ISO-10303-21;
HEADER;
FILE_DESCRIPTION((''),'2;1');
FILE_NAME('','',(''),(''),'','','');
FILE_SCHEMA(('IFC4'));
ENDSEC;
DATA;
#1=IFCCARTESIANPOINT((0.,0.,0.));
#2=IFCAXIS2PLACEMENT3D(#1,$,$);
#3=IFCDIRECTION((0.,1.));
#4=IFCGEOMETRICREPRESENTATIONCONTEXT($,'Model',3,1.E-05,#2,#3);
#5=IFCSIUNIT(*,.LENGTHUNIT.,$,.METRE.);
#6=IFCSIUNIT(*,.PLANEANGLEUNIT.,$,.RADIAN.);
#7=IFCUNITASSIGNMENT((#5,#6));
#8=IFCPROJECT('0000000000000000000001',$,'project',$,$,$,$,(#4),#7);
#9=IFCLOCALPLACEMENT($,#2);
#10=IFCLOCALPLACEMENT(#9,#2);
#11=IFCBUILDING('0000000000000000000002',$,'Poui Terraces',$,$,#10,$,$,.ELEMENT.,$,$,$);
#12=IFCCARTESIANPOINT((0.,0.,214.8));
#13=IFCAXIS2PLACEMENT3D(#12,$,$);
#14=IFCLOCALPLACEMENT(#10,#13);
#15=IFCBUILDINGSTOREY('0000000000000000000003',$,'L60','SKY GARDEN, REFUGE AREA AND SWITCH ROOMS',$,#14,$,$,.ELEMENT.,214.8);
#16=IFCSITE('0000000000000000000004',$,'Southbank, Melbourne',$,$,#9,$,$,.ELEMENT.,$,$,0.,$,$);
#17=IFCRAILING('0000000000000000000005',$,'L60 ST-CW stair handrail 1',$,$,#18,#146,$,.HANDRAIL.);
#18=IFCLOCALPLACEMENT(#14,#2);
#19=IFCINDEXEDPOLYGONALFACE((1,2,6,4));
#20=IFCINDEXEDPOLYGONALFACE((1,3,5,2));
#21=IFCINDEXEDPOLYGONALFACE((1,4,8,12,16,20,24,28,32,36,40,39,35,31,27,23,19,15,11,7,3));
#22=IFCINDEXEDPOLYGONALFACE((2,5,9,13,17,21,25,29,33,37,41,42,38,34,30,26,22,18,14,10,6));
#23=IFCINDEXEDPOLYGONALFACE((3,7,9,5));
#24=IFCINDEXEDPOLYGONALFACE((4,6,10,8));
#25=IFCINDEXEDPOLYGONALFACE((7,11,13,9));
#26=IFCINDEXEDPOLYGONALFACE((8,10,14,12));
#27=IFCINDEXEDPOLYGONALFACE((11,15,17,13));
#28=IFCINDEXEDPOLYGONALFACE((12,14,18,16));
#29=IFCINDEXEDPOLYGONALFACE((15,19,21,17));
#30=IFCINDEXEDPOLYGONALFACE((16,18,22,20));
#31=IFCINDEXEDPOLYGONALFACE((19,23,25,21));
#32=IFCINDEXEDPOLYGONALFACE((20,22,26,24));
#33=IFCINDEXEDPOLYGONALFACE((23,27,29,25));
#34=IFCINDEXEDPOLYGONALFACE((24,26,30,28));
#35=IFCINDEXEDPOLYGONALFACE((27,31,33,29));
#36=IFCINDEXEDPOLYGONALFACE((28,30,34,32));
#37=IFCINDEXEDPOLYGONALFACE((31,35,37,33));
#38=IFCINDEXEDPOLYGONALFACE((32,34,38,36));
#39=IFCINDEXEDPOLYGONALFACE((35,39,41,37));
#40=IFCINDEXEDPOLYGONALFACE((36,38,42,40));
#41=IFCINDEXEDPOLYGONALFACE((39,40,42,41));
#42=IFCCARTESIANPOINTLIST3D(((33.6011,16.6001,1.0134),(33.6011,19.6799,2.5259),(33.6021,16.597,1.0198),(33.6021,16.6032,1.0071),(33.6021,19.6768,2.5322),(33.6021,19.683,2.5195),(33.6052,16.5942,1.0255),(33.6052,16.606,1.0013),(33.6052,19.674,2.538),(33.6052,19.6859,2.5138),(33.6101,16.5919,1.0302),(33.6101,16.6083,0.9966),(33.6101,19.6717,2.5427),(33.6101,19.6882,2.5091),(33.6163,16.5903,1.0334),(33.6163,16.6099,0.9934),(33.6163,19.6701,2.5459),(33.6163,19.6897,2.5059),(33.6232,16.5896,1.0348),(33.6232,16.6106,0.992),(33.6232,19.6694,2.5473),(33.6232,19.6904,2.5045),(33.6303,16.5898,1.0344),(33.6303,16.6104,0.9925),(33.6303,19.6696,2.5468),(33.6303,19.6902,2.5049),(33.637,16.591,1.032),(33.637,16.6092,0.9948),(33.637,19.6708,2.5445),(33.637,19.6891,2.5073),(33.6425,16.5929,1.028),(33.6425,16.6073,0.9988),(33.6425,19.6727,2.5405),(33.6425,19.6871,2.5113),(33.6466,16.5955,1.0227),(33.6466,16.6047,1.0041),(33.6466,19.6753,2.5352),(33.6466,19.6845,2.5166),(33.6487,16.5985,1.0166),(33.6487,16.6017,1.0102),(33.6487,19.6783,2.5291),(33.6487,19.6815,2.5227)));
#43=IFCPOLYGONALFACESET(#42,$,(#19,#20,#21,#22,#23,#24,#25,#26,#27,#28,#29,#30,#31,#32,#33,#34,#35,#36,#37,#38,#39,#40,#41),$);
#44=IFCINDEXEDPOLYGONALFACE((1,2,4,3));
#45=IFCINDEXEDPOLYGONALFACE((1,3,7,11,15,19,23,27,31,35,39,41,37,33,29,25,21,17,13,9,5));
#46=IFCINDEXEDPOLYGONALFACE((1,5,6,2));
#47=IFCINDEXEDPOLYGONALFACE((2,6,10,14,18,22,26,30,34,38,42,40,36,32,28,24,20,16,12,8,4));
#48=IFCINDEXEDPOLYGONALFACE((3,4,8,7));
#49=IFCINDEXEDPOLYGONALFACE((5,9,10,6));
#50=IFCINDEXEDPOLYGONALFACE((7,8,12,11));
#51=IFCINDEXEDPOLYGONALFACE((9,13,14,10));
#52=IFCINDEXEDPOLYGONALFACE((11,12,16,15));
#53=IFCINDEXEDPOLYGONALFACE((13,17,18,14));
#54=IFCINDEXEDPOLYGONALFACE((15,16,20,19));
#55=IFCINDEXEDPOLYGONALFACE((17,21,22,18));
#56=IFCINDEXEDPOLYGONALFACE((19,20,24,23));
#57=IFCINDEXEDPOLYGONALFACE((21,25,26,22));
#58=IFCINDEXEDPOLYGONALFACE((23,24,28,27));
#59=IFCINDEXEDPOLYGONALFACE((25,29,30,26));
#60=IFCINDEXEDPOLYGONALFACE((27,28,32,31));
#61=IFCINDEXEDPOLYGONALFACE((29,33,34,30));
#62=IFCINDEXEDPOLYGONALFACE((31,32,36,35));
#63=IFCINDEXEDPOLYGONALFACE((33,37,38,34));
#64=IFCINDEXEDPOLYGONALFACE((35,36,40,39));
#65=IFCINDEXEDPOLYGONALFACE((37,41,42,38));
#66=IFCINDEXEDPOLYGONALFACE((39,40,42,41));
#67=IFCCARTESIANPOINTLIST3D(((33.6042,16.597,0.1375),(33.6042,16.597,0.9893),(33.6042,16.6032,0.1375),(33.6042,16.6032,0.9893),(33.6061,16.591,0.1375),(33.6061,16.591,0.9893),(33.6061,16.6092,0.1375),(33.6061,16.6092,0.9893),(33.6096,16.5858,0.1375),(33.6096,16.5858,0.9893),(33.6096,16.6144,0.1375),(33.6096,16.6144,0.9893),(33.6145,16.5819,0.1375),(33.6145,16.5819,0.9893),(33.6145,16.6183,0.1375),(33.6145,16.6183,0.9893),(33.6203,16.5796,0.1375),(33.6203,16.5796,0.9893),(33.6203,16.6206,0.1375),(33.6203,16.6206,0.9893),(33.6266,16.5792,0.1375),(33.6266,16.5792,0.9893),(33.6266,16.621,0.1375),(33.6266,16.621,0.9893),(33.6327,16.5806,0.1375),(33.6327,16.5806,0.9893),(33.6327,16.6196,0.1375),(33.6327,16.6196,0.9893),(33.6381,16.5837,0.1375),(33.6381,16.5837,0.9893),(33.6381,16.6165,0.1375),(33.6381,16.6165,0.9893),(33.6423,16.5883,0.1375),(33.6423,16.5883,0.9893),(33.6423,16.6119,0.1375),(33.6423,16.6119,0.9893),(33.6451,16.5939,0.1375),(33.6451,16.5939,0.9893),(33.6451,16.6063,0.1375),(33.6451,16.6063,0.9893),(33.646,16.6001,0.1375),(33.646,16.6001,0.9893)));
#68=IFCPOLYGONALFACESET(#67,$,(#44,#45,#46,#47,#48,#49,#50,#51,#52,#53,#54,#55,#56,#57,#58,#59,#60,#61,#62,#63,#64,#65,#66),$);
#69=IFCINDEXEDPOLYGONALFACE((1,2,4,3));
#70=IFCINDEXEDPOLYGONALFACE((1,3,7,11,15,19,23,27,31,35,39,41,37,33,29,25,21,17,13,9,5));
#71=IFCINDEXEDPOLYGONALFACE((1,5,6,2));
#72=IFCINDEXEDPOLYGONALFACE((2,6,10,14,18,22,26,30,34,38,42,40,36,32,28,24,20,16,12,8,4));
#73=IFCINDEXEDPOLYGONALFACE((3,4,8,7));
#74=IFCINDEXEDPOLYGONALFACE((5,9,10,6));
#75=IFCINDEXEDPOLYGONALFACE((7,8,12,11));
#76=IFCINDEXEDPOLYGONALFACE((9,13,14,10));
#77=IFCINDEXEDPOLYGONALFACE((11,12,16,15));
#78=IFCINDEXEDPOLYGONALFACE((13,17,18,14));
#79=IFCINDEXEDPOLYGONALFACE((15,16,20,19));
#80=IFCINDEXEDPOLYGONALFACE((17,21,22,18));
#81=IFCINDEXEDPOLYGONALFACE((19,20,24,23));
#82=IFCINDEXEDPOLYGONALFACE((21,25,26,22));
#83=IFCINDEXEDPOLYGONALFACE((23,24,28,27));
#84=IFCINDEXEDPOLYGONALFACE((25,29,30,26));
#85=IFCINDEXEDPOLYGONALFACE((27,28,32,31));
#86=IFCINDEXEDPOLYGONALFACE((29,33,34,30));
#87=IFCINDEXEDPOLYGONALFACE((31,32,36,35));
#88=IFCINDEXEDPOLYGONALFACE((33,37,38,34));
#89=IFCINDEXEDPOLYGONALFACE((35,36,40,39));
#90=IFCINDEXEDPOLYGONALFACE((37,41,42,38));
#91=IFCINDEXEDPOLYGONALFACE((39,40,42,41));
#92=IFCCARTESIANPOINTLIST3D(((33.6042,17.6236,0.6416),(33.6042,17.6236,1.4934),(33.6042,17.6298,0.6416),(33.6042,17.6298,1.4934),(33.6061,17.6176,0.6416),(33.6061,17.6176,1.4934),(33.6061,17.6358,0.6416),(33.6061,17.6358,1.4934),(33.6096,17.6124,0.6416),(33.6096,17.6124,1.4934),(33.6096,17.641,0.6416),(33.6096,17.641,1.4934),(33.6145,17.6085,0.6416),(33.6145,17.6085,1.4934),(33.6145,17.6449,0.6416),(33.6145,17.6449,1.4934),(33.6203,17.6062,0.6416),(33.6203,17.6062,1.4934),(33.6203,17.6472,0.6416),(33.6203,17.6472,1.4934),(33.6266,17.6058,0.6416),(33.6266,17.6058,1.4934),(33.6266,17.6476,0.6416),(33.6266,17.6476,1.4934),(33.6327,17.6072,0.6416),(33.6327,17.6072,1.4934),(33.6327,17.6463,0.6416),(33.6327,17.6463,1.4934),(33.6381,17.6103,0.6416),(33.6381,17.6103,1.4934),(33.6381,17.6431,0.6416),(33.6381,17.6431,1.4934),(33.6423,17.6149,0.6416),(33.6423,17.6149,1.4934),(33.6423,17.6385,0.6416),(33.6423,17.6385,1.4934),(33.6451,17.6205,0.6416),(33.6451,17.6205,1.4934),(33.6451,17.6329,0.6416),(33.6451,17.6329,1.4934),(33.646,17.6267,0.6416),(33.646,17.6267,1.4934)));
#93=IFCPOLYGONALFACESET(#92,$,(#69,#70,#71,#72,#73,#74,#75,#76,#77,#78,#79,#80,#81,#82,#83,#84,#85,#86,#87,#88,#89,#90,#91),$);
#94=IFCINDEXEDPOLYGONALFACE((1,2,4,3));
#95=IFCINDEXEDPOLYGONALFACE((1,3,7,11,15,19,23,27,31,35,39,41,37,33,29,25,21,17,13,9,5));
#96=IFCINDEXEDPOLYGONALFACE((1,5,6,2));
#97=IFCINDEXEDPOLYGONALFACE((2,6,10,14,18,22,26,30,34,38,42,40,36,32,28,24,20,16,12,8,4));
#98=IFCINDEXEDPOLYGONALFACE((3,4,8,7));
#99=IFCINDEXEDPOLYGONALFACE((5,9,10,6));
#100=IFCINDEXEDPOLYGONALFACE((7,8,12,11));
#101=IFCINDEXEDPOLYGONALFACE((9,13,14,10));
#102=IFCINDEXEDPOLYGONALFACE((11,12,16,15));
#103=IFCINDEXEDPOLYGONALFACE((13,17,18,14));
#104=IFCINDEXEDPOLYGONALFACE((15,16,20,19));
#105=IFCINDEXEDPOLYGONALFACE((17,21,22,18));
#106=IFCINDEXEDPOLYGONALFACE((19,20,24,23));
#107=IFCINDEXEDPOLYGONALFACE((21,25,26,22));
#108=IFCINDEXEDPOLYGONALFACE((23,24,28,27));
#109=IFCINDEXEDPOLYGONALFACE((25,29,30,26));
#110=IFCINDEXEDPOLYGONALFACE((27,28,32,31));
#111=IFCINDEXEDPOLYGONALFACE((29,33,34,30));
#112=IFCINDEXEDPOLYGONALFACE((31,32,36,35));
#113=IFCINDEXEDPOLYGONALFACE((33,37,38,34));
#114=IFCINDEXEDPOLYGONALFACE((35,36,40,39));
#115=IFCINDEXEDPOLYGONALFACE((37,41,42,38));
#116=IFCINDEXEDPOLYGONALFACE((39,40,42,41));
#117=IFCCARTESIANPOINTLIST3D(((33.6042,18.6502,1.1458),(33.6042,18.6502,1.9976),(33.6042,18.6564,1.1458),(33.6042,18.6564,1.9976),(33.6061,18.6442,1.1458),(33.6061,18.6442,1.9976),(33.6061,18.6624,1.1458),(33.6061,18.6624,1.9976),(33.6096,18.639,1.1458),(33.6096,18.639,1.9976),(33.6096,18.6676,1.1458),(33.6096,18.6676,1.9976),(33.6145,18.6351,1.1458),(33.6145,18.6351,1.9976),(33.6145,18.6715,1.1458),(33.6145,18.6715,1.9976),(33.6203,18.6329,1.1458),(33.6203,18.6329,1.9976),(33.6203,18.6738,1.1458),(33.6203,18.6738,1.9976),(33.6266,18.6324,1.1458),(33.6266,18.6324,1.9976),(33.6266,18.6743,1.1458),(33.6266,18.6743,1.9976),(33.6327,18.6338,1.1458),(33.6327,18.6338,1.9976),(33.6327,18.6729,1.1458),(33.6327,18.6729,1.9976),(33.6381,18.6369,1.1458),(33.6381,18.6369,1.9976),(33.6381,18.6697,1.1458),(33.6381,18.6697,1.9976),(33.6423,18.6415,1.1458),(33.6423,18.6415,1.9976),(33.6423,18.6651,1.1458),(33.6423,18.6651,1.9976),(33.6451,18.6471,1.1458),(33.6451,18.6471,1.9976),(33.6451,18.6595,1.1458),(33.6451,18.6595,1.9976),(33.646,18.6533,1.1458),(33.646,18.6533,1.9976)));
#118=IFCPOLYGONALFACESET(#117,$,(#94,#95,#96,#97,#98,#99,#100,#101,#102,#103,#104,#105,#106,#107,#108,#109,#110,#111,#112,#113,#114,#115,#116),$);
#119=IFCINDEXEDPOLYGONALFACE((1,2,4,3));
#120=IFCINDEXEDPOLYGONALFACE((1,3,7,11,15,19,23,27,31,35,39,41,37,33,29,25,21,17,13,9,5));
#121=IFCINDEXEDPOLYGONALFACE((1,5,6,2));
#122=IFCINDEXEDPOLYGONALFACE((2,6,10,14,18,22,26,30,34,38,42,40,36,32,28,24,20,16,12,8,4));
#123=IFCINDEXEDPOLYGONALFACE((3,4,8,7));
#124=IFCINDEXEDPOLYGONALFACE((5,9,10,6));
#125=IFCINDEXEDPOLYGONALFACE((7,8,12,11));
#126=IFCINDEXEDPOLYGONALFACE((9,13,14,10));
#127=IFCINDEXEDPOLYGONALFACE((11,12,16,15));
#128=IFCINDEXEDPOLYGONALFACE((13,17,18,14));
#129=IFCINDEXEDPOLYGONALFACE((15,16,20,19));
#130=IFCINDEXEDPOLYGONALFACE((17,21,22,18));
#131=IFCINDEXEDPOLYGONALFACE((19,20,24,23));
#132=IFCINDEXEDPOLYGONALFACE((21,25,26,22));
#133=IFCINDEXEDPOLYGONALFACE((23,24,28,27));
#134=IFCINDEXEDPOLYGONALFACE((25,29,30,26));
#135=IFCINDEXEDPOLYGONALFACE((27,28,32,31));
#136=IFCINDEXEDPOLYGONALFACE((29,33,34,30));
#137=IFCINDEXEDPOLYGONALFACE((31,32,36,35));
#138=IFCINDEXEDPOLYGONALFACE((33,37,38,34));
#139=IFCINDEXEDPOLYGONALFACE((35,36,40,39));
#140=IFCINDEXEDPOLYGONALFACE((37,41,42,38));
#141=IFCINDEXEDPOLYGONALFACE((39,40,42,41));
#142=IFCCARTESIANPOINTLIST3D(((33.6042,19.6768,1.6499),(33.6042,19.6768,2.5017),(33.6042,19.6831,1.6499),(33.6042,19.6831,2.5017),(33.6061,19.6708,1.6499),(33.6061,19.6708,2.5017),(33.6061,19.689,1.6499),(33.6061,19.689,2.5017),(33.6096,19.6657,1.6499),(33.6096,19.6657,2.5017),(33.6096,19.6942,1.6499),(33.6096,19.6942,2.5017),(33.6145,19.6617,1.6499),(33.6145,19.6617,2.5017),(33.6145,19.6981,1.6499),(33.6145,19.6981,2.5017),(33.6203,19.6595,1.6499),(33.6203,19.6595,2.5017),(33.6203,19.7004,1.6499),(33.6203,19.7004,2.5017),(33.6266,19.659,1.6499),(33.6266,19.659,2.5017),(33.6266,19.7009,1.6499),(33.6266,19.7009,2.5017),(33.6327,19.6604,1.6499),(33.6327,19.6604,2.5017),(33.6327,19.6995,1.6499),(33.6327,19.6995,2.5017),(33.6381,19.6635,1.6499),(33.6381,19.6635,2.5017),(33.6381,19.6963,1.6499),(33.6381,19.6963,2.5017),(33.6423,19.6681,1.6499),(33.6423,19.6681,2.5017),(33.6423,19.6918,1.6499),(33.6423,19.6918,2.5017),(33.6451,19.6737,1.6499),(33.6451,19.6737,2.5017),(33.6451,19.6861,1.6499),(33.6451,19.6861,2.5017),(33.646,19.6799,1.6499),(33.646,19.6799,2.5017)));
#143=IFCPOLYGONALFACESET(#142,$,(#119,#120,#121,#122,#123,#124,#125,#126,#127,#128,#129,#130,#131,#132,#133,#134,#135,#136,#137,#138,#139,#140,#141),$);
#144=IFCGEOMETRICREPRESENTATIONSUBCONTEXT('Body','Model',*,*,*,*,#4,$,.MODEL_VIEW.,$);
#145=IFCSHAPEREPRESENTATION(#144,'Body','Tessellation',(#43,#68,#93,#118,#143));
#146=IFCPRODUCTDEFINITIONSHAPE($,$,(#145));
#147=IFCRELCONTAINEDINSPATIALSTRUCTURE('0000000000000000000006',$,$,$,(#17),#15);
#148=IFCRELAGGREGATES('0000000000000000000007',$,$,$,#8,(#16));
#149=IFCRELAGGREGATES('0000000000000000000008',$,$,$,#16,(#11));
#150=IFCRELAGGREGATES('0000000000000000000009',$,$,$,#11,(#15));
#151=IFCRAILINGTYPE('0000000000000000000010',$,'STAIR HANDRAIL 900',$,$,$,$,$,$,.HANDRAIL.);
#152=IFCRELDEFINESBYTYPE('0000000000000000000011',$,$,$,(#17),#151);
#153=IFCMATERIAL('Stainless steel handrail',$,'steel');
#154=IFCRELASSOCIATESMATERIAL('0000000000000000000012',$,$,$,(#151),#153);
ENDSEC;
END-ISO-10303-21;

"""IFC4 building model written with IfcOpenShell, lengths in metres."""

from ifc_helpers import new_model, si_unit, direction, frame, origin, origin_2d, place, context, subcontext, project, spatial, circle, extrude, material, type_object, element, save


model = new_model("IFC4")

# Units and contexts
model_context = context("Model", 3, precision=1e-05, world=origin(), true_north=direction((0.0, 1.0)))
body_context = subcontext(model_context, "Body", "Model", "MODEL_VIEW")
ifc_project = project(units=[si_unit("LENGTHUNIT", "METRE"), si_unit("PLANEANGLEUNIT", "RADIAN")], contexts=[model_context])

# Site, building, storey
site_placement = place(None, origin())
site = spatial("IfcSite", under=ifc_project, at=site_placement, Name="Southbank, Melbourne", CompositionType="ELEMENT", RefElevation=0.0)
building_placement = place(site_placement, origin())
building = spatial("IfcBuilding", under=site, at=building_placement, Name="Poui Terraces", CompositionType="ELEMENT")
storey_placement = place(building_placement, frame((0.0, 0.0, 214.8)))
storey = spatial("IfcBuildingStorey", under=building, at=storey_placement, Name="L60", Description="SKY GARDEN, REFUGE AREA AND SWITCH ROOMS", CompositionType="ELEMENT", Elevation=214.8)

# Railing
ifc_material_1 = material(Name="Stainless steel handrail", Category="steel")
railing_type_1 = type_object("IfcRailingType", Name="STAIR HANDRAIL 900", PredefinedType="HANDRAIL", material=ifc_material_1)
for number, where, name in (
    (1, (33.625, 16.6001, 0.1375), "L60 ST-CW stair handrail 1"),
):
    element("IfcRailing", number, at=place(storey_placement, frame(where)), inside=storey, type_object=railing_type_1, Name=name, PredefinedType="HANDRAIL", context=body_context, shape_type="SweptSolid", body=[
        extrude(circle(Radius=0.0239, at=origin_2d()), frame((0.0, 0.0, 0.876), z_axis=(0.0, 0.897606, 0.440798), x_axis=(-1.0, 0.0, 0.0)), (0.0, 0.0, 1.0), 3.4312),
        extrude(circle(Radius=0.021, at=origin_2d()), origin(), (0.0, 0.0, 1.0), 0.8518),
        extrude(circle(Radius=0.021, at=origin_2d()), frame((0.0, 1.0266, 0.5042)), (0.0, 0.0, 1.0), 0.8518),
        extrude(circle(Radius=0.021, at=origin_2d()), frame((0.0, 2.0532, 1.0083)), (0.0, 0.0, 1.0), 0.8518),
        extrude(circle(Radius=0.021, at=origin_2d()), frame((0.0, 3.0798, 1.5125)), (0.0, 0.0, 1.0), 0.8518),
    ])

save(model, "model.ifc")
